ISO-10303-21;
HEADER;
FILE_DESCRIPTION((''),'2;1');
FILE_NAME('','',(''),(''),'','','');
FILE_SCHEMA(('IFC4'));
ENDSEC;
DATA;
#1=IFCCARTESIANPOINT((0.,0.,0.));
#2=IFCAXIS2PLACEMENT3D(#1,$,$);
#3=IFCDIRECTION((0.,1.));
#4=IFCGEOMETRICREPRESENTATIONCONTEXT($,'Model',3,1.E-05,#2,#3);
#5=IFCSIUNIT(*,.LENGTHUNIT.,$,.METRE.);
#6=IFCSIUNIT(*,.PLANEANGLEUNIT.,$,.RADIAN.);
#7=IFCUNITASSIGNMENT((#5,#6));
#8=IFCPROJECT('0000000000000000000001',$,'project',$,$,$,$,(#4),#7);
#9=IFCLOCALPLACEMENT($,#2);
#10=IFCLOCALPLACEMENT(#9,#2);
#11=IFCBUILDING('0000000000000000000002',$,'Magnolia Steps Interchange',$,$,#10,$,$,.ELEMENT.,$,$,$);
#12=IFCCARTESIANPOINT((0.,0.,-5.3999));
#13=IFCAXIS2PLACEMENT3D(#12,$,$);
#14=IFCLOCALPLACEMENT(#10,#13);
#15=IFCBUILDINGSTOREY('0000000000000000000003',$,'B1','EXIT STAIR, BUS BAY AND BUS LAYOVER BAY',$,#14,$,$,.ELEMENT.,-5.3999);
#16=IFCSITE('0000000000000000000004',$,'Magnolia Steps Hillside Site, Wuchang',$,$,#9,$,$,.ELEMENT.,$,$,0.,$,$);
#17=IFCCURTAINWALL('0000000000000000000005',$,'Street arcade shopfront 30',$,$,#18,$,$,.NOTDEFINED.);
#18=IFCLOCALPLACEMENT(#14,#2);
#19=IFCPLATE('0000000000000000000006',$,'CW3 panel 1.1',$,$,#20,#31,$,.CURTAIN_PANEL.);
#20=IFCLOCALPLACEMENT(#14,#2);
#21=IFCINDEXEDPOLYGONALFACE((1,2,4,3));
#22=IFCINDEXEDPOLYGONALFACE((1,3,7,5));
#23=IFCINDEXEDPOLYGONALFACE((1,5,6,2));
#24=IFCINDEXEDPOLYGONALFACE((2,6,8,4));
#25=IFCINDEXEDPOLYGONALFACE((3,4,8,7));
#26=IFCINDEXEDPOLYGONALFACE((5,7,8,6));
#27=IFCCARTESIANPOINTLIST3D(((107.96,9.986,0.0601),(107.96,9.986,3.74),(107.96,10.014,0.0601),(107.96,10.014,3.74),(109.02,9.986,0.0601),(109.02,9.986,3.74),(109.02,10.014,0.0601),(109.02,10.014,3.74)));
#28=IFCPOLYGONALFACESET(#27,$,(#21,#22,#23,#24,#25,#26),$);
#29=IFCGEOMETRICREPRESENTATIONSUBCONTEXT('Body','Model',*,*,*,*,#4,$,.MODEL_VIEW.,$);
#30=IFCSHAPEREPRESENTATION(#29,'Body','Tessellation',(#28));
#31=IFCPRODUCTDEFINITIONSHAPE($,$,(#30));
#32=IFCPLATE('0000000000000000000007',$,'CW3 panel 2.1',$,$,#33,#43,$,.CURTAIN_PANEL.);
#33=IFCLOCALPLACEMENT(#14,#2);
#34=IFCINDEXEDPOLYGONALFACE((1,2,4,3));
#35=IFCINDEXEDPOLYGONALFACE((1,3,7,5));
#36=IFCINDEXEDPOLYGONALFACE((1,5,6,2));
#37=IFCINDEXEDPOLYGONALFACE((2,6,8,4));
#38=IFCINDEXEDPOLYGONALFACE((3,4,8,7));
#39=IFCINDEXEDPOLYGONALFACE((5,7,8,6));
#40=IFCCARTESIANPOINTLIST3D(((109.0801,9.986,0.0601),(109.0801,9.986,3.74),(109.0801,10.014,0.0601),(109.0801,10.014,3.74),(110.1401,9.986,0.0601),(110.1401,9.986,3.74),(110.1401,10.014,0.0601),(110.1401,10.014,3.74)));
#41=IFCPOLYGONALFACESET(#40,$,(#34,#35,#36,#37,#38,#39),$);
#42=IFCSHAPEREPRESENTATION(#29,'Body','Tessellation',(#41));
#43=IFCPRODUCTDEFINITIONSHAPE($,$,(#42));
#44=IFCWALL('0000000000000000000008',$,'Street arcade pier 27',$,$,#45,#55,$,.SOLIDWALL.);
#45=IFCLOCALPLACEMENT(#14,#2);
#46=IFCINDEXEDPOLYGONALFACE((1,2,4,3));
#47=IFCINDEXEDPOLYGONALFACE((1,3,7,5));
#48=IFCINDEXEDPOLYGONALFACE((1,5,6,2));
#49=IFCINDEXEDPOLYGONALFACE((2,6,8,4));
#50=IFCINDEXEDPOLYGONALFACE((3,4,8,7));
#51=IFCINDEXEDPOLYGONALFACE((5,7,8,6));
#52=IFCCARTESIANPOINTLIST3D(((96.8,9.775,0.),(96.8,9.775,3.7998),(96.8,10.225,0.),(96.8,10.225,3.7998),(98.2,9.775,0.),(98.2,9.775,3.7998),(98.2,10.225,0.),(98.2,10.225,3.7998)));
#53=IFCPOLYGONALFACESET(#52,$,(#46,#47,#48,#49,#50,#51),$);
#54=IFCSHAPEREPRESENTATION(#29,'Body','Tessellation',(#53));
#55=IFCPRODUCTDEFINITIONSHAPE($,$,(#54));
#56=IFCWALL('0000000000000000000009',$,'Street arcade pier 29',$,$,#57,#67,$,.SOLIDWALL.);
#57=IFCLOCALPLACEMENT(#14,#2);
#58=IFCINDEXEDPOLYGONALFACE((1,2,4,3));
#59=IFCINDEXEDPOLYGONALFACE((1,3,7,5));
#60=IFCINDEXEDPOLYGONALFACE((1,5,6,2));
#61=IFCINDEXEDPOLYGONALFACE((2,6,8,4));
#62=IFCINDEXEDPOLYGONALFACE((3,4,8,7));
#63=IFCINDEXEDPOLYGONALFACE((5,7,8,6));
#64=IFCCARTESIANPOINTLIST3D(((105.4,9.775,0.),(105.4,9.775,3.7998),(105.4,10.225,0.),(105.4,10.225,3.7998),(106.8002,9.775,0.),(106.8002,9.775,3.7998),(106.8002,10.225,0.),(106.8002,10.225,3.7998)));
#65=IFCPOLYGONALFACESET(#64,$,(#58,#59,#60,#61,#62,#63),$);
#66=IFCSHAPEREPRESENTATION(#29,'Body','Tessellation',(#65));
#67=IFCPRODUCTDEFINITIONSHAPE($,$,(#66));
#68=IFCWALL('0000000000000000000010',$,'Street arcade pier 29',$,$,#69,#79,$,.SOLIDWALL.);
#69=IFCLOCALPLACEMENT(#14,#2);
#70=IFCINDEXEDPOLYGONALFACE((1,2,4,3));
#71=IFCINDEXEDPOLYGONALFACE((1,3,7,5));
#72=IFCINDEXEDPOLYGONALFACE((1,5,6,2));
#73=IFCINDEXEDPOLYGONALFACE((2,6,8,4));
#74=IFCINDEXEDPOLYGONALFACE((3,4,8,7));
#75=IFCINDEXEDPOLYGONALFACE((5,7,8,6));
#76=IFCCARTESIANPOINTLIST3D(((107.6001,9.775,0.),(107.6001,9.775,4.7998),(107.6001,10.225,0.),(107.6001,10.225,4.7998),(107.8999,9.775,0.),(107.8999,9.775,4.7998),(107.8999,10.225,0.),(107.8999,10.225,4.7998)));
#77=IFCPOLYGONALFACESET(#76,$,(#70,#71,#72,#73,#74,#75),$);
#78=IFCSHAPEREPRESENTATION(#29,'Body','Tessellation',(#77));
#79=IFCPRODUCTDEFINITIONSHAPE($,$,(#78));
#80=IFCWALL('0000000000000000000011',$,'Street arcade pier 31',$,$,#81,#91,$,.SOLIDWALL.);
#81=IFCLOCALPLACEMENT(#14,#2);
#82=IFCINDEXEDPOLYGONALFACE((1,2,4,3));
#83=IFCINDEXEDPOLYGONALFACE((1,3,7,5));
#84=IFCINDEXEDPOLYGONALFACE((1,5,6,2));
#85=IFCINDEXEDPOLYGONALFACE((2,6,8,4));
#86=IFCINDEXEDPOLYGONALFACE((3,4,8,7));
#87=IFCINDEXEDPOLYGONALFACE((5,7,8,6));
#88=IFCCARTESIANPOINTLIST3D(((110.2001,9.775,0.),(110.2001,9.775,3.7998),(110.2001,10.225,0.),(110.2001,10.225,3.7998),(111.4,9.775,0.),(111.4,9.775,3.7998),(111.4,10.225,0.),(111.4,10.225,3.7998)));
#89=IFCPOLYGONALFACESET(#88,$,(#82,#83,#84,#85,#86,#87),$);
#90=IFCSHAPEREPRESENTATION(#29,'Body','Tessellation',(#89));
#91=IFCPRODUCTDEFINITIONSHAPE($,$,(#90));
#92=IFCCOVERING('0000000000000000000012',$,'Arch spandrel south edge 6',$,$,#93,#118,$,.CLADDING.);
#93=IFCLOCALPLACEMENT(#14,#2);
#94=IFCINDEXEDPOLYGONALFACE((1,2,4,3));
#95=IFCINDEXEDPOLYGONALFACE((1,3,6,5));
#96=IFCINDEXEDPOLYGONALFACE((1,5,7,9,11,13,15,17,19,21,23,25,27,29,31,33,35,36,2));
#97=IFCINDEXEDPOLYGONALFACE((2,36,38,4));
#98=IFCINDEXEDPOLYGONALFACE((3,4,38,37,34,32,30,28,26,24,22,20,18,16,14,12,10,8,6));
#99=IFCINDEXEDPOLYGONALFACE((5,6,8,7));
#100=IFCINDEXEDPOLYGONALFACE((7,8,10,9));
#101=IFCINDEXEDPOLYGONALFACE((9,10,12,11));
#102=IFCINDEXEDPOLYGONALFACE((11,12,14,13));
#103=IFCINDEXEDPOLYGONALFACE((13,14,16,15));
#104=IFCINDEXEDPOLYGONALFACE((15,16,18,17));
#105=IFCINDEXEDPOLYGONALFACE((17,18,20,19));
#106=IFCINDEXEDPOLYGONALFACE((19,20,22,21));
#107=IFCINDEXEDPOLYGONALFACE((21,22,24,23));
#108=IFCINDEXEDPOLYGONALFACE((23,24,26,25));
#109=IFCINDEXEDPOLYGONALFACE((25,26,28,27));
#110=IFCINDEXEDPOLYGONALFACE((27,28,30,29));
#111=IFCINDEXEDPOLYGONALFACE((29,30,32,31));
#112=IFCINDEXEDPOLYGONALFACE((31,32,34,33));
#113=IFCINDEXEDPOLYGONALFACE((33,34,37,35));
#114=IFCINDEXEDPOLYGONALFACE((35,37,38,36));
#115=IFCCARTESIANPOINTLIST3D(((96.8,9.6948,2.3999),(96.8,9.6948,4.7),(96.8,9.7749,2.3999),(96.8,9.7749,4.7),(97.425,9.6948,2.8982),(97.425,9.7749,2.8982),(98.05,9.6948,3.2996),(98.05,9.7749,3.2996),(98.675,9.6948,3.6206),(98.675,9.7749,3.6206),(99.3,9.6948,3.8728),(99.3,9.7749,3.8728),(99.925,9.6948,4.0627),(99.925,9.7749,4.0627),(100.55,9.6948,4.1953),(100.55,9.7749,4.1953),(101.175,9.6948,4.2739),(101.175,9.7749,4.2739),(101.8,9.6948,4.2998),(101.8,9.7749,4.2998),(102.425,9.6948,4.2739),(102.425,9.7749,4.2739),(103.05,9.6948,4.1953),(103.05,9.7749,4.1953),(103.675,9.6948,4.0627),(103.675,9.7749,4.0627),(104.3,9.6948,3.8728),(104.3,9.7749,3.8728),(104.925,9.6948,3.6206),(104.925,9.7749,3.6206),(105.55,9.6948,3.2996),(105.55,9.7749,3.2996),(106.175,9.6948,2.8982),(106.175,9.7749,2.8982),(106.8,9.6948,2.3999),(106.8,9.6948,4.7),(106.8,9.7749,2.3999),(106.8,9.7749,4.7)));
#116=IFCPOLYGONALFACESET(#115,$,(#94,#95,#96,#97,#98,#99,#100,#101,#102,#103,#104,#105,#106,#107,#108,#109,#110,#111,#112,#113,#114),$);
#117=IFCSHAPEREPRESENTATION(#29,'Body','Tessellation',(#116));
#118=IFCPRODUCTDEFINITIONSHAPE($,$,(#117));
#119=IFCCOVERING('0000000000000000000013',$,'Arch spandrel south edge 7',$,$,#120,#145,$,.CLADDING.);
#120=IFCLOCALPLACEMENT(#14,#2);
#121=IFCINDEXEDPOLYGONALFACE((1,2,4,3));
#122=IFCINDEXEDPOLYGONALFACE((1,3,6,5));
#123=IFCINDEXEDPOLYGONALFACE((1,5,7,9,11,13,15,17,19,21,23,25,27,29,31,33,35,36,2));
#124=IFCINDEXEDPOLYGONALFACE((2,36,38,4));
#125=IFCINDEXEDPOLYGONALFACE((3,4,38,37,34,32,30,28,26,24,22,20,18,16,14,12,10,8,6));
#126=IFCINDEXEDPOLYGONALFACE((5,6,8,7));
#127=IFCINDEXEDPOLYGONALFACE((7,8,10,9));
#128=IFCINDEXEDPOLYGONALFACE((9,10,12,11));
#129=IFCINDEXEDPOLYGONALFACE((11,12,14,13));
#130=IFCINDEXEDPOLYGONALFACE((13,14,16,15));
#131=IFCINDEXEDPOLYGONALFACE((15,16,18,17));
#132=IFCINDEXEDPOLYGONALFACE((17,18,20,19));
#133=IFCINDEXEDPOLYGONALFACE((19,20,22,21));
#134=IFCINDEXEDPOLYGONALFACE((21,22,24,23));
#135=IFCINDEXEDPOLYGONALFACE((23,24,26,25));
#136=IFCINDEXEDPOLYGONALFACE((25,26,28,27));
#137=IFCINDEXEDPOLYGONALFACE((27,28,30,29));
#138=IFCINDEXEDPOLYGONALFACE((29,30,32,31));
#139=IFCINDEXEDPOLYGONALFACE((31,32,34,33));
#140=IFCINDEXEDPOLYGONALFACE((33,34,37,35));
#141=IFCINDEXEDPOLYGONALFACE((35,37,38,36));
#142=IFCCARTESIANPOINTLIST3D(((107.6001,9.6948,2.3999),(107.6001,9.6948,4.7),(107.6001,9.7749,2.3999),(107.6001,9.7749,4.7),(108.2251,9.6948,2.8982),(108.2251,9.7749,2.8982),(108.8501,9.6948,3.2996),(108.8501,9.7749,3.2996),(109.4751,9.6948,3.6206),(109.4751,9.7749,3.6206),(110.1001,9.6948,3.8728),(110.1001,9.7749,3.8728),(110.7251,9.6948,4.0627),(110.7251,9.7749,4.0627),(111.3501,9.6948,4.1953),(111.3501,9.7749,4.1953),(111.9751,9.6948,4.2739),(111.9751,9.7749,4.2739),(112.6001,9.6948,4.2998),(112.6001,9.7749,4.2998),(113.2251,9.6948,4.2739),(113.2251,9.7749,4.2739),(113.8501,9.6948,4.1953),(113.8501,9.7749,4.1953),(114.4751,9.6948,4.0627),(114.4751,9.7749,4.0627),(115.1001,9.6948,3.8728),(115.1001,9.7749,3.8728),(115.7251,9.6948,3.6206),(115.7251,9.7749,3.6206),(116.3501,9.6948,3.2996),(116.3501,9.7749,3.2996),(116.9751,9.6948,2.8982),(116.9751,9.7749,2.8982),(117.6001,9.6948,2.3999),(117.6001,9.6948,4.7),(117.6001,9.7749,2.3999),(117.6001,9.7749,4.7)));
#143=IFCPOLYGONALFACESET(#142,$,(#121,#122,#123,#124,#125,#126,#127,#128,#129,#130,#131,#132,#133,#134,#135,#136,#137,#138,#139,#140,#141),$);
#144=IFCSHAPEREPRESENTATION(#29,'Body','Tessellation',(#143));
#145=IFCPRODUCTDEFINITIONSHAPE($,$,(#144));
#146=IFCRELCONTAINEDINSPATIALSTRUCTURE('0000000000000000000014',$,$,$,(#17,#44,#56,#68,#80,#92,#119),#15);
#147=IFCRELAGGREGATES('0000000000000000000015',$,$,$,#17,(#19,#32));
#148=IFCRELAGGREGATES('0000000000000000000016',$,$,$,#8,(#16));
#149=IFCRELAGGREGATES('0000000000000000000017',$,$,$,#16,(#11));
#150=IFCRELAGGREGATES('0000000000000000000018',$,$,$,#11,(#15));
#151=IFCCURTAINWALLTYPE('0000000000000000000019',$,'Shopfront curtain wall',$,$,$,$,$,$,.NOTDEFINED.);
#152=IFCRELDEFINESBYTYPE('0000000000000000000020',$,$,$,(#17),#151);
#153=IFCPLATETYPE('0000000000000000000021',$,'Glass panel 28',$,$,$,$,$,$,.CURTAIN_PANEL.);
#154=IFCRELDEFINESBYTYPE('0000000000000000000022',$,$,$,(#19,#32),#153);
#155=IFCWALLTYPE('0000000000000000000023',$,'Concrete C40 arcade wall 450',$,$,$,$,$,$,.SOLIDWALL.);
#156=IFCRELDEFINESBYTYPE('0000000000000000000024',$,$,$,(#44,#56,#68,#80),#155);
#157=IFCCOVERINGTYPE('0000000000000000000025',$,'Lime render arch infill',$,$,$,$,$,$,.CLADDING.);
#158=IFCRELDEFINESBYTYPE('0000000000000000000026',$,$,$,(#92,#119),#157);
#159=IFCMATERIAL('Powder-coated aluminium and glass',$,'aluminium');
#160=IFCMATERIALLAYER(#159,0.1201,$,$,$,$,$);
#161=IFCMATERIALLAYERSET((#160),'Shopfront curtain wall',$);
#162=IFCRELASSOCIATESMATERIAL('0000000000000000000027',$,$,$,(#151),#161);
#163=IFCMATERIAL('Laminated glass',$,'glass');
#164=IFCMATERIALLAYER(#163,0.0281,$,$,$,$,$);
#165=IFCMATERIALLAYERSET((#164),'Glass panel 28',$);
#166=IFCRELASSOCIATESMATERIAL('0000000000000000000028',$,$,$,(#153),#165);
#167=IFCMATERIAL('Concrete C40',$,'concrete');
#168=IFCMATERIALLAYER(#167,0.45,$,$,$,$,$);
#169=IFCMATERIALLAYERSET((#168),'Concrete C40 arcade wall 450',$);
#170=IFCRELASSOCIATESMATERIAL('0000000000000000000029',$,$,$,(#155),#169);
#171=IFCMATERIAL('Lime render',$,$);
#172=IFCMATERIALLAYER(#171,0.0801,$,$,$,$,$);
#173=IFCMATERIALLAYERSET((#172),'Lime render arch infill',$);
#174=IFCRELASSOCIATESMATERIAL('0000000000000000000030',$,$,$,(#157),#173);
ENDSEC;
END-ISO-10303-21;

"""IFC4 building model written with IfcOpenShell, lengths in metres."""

from ifc_helpers import new_model, si_unit, direction, frame, frame_2d, origin, origin_2d, place, context, subcontext, project, spatial, polyline, rectangle, outline, extrude, material, layer, layer_set, type_object, element, aggregate, save


model = new_model("IFC4")

# Units and contexts
model_context = context("Model", 3, precision=1e-05, world=origin(), true_north=direction((0.0, 1.0)))
body_context = subcontext(model_context, "Body", "Model", "MODEL_VIEW")
ifc_project = project(units=[si_unit("LENGTHUNIT", "METRE"), si_unit("PLANEANGLEUNIT", "RADIAN")], contexts=[model_context])

# Site, building, storey
site_placement = place(None, origin())
site = spatial("IfcSite", under=ifc_project, at=site_placement, Name="Magnolia Steps Hillside Site, Wuchang", CompositionType="ELEMENT", RefElevation=0.0)
building_placement = place(site_placement, origin())
building = spatial("IfcBuilding", under=site, at=building_placement, Name="Magnolia Steps Interchange", CompositionType="ELEMENT")
storey_placement = place(building_placement, frame((0.0, 0.0, -5.3999)))
storey = spatial("IfcBuildingStorey", under=building, at=storey_placement, Name="B1", Description="EXIT STAIR, BUS BAY AND BUS LAYOVER BAY", CompositionType="ELEMENT", Elevation=-5.3999)

# Curtain wall
ifc_material_1 = material(Name="Powder-coated aluminium and glass", Category="aluminium")
ifc_layer_1 = layer(ifc_material_1, 0.1201)
ifc_layer_set_1 = layer_set([ifc_layer_1], Name="Shopfront curtain wall")
curtain_wall_type = type_object("IfcCurtainWallType", Name="Shopfront curtain wall", PredefinedType="NOTDEFINED", material=ifc_layer_set_1)
curtain_wall_1_placement = place(storey_placement, origin())
curtain_wall_1 = element("IfcCurtainWall", 1, at=curtain_wall_1_placement, inside=storey, type_object=curtain_wall_type, Name="Street arcade shopfront 30", PredefinedType="NOTDEFINED")

# Plates
ifc_material_2 = material(Name="Laminated glass", Category="glass")
ifc_layer_2 = layer(ifc_material_2, 0.0281)
ifc_layer_set_2 = layer_set([ifc_layer_2], Name="Glass panel 28")
plate_type = type_object("IfcPlateType", Name="Glass panel 28", PredefinedType="CURTAIN_PANEL", material=ifc_layer_set_2)
plate_1_placement = place(storey_placement, frame((108.49, 10.0, 0.0601), z_axis=(0.0, 0.0, 1.0), x_axis=(1.0, 0.0, 0.0)))
plate_1 = element("IfcPlate", 2, at=plate_1_placement, type_object=plate_type, Name="CW3 panel 1.1", PredefinedType="CURTAIN_PANEL", context=body_context, shape_type="SweptSolid", body=[
    extrude(rectangle(XDim=1.0601, YDim=0.0281, at=origin_2d()), origin(), (0.0, 0.0, 1.0), 3.6799),
])
plate_2_placement = place(storey_placement, frame((109.6101, 10.0, 0.0601), z_axis=(0.0, 0.0, 1.0), x_axis=(1.0, 0.0, 0.0)))
plate_2 = element("IfcPlate", 3, at=plate_2_placement, type_object=plate_type, Name="CW3 panel 2.1", PredefinedType="CURTAIN_PANEL", context=body_context, shape_type="SweptSolid", body=[
    extrude(rectangle(XDim=1.0601, YDim=0.0281, at=origin_2d()), origin(), (0.0, 0.0, 1.0), 3.6799),
])
aggregate(curtain_wall_1, [plate_1, plate_2])

# Walls
ifc_material_3 = material(Name="Concrete C40", Category="concrete")
ifc_layer_3 = layer(ifc_material_3, 0.45)
ifc_layer_set_3 = layer_set([ifc_layer_3], Name="Concrete C40 arcade wall 450")
wall_type = type_object("IfcWallType", Name="Concrete C40 arcade wall 450", PredefinedType="SOLIDWALL", material=ifc_layer_set_3)
wall_1_placement = place(storey_placement, frame((96.8, 10.0, 0.0), z_axis=(0.0, 0.0, 1.0), x_axis=(1.0, 0.0, 0.0)))
element("IfcWall", 4, at=wall_1_placement, inside=storey, type_object=wall_type, Name="Street arcade pier 27", PredefinedType="SOLIDWALL", context=body_context, shape_type="SweptSolid", body=[
    extrude(rectangle(XDim=1.3999, YDim=0.45, at=frame_2d((0.7, 0.0))), origin(), (0.0, 0.0, 1.0), 3.7998),
])
wall_2_placement = place(storey_placement, frame((105.3999, 10.0, 0.0), z_axis=(0.0, 0.0, 1.0), x_axis=(1.0, 0.0, 0.0)))
element("IfcWall", 5, at=wall_2_placement, inside=storey, type_object=wall_type, Name="Street arcade pier 29", PredefinedType="SOLIDWALL", context=body_context, shape_type="SweptSolid", body=[
    extrude(rectangle(XDim=1.4001, YDim=0.45, at=frame_2d((0.7002, 0.0))), origin(), (0.0, 0.0, 1.0), 3.7998),
])
wall_3_placement = place(storey_placement, frame((107.6001, 10.0, 0.0), z_axis=(0.0, 0.0, 1.0), x_axis=(1.0, 0.0, 0.0)))
element("IfcWall", 6, at=wall_3_placement, inside=storey, type_object=wall_type, Name="Street arcade pier 29", PredefinedType="SOLIDWALL", context=body_context, shape_type="SweptSolid", body=[
    extrude(rectangle(XDim=0.2998, YDim=0.45, at=frame_2d((0.1499, 0.0))), origin(), (0.0, 0.0, 1.0), 4.7998),
])
wall_4_placement = place(storey_placement, frame((110.2, 10.0, 0.0), z_axis=(0.0, 0.0, 1.0), x_axis=(1.0, 0.0, 0.0)))
element("IfcWall", 7, at=wall_4_placement, inside=storey, type_object=wall_type, Name="Street arcade pier 31", PredefinedType="SOLIDWALL", context=body_context, shape_type="SweptSolid", body=[
    extrude(rectangle(XDim=1.2, YDim=0.45, at=frame_2d((0.6001, 0.0))), origin(), (0.0, 0.0, 1.0), 3.7998),
])

# Coverings
ifc_material_4 = material(Name="Lime render")
ifc_layer_4 = layer(ifc_material_4, 0.0801)
ifc_layer_set_4 = layer_set([ifc_layer_4], Name="Lime render arch infill")
covering_type = type_object("IfcCoveringType", Name="Lime render arch infill", PredefinedType="CLADDING", material=ifc_layer_set_4)
for number, where, z_axis, x_axis, name in (
    (8, (96.8, 9.7749, 2.3999), (0.0, 1.0, 0.0), (0.0, 0.0, 1.0), "Arch spandrel south edge 6"),
    (9, (107.6001, 9.7749, 2.3999), (0.0, 1.0, 0.0), (0.0, 0.0, 1.0), "Arch spandrel south edge 7"),
):
    element("IfcCovering", number, at=place(storey_placement, frame(where, z_axis=z_axis, x_axis=x_axis)), inside=storey, type_object=covering_type, Name=name, PredefinedType="CLADDING", context=body_context, shape_type="SweptSolid", body=[
        extrude(outline(polyline([(0.0, 0.0), (2.3, 0.0), (2.3, 10.0), (0.0, 10.0), (0.4983, 9.375), (0.8997, 8.75), (1.2207, 8.125), (1.4729, 7.5), (1.6628, 6.875), (1.7954, 6.25), (1.874, 5.625), (1.8999, 5.0), (1.874, 4.375), (1.7954, 3.75), (1.6628, 3.125), (1.4729, 2.5), (1.2207, 1.875), (0.8997, 1.25), (0.4983, 0.625), (0.0, 0.0)])), origin(), (0.0, 0.0, -1.0), 0.0801),
    ])

save(model, "model.ifc")
